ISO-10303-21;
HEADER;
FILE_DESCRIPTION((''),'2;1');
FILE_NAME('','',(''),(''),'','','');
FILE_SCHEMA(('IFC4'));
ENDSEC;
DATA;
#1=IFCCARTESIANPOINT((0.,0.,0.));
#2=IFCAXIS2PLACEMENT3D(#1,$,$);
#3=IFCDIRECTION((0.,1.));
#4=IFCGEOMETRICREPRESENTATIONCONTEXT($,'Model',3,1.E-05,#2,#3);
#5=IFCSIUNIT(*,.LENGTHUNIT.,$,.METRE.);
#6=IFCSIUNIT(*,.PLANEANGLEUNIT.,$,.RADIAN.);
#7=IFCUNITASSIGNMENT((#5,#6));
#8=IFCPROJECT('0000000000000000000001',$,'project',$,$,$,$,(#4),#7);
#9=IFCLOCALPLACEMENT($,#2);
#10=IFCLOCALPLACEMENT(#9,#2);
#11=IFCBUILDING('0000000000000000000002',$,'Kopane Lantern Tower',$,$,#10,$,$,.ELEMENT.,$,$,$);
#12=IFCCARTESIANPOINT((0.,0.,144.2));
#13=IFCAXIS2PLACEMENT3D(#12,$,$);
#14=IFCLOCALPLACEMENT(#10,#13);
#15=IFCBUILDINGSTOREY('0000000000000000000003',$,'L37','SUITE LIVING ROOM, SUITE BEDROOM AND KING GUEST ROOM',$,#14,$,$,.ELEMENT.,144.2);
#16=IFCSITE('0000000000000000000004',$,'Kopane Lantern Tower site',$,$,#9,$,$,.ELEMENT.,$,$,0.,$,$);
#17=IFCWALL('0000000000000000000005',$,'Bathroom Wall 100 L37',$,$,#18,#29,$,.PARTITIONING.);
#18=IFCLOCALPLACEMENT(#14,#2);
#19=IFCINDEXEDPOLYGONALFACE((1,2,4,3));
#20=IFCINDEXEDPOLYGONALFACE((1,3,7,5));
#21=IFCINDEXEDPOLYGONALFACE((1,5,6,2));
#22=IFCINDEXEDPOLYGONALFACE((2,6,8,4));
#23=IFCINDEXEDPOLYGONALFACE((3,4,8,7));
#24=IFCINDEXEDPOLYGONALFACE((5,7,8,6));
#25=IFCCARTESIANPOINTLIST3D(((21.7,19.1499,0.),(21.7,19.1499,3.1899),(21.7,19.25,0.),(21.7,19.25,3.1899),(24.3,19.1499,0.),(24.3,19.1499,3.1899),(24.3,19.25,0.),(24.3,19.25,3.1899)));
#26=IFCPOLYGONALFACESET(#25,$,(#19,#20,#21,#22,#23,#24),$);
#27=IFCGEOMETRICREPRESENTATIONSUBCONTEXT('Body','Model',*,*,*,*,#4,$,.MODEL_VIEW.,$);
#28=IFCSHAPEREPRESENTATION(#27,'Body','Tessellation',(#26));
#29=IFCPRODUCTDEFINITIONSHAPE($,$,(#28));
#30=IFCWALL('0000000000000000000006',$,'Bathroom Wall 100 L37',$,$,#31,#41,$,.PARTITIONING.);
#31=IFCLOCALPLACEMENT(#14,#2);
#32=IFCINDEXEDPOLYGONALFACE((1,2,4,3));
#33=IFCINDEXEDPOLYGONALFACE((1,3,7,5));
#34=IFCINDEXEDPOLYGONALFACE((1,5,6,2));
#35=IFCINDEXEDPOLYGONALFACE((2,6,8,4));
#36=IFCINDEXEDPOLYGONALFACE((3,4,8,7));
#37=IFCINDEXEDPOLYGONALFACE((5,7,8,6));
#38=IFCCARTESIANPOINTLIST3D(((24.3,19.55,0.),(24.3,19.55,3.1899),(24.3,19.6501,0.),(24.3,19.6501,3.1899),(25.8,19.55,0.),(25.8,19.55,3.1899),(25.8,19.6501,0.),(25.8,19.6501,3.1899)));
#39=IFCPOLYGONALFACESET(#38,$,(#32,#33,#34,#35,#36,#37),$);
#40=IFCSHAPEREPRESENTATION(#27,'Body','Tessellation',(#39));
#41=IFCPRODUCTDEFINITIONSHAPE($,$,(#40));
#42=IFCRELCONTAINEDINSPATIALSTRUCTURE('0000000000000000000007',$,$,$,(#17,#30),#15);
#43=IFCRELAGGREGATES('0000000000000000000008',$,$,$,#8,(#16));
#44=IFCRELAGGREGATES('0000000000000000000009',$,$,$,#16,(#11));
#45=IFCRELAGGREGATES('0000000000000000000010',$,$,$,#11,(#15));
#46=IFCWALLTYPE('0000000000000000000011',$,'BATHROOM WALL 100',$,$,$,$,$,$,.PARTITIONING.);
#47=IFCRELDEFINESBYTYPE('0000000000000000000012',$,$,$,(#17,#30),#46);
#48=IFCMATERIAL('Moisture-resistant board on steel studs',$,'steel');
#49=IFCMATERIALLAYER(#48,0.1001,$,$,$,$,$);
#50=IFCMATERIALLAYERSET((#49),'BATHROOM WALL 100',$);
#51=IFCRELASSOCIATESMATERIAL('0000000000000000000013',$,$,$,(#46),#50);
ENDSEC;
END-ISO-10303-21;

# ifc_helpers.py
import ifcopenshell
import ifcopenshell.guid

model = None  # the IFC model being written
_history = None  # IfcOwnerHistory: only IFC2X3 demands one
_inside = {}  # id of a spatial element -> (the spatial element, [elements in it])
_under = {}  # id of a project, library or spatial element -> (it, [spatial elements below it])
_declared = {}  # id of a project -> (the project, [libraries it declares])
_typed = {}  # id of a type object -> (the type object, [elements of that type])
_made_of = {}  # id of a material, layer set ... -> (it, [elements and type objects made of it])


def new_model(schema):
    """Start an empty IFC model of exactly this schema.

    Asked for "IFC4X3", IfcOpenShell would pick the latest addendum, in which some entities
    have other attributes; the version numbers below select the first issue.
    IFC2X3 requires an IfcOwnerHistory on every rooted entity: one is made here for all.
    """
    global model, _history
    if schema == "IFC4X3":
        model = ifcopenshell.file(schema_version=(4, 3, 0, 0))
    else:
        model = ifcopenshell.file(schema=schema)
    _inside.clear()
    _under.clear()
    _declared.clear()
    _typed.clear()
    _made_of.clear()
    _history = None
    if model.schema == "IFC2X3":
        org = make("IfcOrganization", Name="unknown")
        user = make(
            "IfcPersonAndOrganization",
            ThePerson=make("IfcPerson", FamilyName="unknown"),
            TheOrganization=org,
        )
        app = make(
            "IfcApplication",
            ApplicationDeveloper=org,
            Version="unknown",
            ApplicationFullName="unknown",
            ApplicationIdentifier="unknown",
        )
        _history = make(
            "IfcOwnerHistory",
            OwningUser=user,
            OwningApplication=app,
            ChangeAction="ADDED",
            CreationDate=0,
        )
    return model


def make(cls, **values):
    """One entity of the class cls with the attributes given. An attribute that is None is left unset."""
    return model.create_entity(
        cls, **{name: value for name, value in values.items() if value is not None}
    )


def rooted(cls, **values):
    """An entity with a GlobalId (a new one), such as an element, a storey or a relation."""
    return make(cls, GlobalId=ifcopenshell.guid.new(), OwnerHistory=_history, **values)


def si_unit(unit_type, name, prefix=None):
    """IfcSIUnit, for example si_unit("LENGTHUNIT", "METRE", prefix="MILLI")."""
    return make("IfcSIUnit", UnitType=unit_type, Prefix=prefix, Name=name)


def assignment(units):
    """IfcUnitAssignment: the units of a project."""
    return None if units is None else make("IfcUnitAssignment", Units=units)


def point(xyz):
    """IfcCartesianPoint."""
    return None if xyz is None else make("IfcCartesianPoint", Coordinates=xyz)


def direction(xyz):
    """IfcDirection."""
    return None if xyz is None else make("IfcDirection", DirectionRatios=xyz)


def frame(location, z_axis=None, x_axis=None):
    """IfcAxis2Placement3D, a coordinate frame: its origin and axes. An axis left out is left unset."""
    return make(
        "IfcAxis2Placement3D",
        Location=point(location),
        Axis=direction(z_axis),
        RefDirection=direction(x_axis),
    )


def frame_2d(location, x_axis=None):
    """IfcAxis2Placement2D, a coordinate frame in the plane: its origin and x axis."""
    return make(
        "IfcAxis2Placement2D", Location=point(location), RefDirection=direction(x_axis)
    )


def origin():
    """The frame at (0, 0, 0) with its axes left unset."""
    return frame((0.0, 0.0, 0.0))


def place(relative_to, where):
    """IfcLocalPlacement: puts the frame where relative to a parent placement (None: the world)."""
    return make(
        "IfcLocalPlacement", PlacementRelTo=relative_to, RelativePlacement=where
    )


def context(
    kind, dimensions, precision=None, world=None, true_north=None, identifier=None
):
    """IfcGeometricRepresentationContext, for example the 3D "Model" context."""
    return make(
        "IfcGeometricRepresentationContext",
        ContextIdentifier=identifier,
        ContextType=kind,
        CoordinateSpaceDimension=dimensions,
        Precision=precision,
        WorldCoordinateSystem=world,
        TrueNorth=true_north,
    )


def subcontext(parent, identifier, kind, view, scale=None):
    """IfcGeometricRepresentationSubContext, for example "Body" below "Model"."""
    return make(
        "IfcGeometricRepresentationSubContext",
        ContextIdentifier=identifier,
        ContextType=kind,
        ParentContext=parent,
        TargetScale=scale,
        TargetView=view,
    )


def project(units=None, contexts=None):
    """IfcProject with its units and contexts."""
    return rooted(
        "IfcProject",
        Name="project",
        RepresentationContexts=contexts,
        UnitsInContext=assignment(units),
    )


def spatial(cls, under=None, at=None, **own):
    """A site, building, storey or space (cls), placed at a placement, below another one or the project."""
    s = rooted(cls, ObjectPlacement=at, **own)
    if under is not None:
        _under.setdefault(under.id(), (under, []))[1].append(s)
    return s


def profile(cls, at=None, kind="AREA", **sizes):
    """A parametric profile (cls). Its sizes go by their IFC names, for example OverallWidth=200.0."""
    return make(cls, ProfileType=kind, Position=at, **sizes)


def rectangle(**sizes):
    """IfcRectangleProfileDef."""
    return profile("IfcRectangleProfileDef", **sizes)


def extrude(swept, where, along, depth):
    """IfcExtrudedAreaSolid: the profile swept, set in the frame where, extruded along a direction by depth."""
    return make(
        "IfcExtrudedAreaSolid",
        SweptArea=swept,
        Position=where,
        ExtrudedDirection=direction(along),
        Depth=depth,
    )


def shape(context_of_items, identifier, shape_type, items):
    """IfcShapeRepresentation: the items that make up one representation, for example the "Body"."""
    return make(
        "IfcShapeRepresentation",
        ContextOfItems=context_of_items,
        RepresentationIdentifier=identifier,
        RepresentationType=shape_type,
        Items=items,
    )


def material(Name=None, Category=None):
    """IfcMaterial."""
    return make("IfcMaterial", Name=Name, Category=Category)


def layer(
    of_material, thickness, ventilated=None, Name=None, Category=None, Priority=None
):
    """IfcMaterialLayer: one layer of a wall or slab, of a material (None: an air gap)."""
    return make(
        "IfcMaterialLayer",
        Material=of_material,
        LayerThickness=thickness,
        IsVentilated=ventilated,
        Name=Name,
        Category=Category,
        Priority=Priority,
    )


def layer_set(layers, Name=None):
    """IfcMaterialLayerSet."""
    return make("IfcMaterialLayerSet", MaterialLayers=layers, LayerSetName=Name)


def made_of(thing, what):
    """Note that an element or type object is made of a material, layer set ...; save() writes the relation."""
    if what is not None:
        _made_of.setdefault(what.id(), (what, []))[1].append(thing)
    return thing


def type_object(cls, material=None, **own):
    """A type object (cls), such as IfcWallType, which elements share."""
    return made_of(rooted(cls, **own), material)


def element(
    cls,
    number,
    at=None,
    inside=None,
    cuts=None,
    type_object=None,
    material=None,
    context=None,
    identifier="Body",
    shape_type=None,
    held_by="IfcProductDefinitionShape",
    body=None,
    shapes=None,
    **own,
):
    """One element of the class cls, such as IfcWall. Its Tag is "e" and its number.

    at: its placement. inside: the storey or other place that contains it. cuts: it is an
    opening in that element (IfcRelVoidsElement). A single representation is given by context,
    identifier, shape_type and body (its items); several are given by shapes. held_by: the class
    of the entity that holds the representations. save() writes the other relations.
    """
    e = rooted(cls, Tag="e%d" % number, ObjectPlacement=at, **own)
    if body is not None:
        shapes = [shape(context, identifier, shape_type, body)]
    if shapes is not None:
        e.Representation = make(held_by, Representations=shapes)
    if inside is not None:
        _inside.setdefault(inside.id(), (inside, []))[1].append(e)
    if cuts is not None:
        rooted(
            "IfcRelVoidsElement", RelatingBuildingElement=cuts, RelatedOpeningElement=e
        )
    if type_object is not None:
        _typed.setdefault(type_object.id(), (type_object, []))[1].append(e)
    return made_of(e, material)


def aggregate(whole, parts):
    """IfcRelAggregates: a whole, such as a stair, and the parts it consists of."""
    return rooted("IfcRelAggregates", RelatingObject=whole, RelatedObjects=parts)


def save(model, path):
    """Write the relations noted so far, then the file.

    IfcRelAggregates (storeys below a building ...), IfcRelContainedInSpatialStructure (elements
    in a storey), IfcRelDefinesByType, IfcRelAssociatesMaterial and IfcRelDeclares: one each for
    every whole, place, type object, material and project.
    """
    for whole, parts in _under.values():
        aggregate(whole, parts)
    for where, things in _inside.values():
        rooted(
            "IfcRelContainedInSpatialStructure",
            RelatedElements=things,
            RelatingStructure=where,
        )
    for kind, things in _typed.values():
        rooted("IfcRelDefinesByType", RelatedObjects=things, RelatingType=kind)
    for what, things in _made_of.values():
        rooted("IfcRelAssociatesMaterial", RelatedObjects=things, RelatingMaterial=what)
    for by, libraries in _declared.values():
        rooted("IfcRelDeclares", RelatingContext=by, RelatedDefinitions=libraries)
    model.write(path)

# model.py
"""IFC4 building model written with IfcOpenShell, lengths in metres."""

from ifc_helpers import new_model, si_unit, direction, frame, frame_2d, origin, place, context, subcontext, project, spatial, rectangle, extrude, material, layer, layer_set, type_object, element, save


model = new_model("IFC4")

# Units and contexts
model_context = context("Model", 3, precision=1e-05, world=origin(), true_north=direction((0.0, 1.0)))
body_context = subcontext(model_context, "Body", "Model", "MODEL_VIEW")
ifc_project = project(units=[si_unit("LENGTHUNIT", "METRE"), si_unit("PLANEANGLEUNIT", "RADIAN")], contexts=[model_context])

# Site, building, storey
site_placement = place(None, origin())
site = spatial("IfcSite", under=ifc_project, at=site_placement, Name="Kopane Lantern Tower site", CompositionType="ELEMENT", RefElevation=0.0)
building_placement = place(site_placement, origin())
building = spatial("IfcBuilding", under=site, at=building_placement, Name="Kopane Lantern Tower", CompositionType="ELEMENT")
storey_placement = place(building_placement, frame((0.0, 0.0, 144.2)))
storey = spatial("IfcBuildingStorey", under=building, at=storey_placement, Name="L37", Description="SUITE LIVING ROOM, SUITE BEDROOM AND KING GUEST ROOM", CompositionType="ELEMENT", Elevation=144.2)

# Walls
ifc_material_1 = material(Name="Moisture-resistant board on steel studs", Category="steel")
ifc_layer_1 = layer(ifc_material_1, 0.1001)
ifc_layer_set_1 = layer_set([ifc_layer_1], Name="BATHROOM WALL 100")
wall_type_1 = type_object("IfcWallType", Name="BATHROOM WALL 100", PredefinedType="PARTITIONING", material=ifc_layer_set_1)
wall_1_placement = place(storey_placement, frame((21.7, 19.2, 0.0), z_axis=(0.0, 0.0, 1.0), x_axis=(1.0, 0.0, 0.0)))
element("IfcWall", 1, at=wall_1_placement, inside=storey, type_object=wall_type_1, Name="Bathroom Wall 100 L37", PredefinedType="PARTITIONING", context=body_context, shape_type="SweptSolid", body=[
    extrude(rectangle(XDim=2.6001, YDim=0.1001, at=frame_2d((1.3, 0.0))), origin(), (0.0, 0.0, 1.0), 3.1899),
])
wall_2_placement = place(storey_placement, frame((24.3, 19.6001, 0.0), z_axis=(0.0, 0.0, 1.0), x_axis=(1.0, 0.0, 0.0)))
element("IfcWall", 2, at=wall_2_placement, inside=storey, type_object=wall_type_1, Name="Bathroom Wall 100 L37", PredefinedType="PARTITIONING", context=body_context, shape_type="SweptSolid", body=[
    extrude(rectangle(XDim=1.5, YDim=0.1001, at=frame_2d((0.75, 0.0))), origin(), (0.0, 0.0, 1.0), 3.1899),
])

save(model, "model.ifc")
